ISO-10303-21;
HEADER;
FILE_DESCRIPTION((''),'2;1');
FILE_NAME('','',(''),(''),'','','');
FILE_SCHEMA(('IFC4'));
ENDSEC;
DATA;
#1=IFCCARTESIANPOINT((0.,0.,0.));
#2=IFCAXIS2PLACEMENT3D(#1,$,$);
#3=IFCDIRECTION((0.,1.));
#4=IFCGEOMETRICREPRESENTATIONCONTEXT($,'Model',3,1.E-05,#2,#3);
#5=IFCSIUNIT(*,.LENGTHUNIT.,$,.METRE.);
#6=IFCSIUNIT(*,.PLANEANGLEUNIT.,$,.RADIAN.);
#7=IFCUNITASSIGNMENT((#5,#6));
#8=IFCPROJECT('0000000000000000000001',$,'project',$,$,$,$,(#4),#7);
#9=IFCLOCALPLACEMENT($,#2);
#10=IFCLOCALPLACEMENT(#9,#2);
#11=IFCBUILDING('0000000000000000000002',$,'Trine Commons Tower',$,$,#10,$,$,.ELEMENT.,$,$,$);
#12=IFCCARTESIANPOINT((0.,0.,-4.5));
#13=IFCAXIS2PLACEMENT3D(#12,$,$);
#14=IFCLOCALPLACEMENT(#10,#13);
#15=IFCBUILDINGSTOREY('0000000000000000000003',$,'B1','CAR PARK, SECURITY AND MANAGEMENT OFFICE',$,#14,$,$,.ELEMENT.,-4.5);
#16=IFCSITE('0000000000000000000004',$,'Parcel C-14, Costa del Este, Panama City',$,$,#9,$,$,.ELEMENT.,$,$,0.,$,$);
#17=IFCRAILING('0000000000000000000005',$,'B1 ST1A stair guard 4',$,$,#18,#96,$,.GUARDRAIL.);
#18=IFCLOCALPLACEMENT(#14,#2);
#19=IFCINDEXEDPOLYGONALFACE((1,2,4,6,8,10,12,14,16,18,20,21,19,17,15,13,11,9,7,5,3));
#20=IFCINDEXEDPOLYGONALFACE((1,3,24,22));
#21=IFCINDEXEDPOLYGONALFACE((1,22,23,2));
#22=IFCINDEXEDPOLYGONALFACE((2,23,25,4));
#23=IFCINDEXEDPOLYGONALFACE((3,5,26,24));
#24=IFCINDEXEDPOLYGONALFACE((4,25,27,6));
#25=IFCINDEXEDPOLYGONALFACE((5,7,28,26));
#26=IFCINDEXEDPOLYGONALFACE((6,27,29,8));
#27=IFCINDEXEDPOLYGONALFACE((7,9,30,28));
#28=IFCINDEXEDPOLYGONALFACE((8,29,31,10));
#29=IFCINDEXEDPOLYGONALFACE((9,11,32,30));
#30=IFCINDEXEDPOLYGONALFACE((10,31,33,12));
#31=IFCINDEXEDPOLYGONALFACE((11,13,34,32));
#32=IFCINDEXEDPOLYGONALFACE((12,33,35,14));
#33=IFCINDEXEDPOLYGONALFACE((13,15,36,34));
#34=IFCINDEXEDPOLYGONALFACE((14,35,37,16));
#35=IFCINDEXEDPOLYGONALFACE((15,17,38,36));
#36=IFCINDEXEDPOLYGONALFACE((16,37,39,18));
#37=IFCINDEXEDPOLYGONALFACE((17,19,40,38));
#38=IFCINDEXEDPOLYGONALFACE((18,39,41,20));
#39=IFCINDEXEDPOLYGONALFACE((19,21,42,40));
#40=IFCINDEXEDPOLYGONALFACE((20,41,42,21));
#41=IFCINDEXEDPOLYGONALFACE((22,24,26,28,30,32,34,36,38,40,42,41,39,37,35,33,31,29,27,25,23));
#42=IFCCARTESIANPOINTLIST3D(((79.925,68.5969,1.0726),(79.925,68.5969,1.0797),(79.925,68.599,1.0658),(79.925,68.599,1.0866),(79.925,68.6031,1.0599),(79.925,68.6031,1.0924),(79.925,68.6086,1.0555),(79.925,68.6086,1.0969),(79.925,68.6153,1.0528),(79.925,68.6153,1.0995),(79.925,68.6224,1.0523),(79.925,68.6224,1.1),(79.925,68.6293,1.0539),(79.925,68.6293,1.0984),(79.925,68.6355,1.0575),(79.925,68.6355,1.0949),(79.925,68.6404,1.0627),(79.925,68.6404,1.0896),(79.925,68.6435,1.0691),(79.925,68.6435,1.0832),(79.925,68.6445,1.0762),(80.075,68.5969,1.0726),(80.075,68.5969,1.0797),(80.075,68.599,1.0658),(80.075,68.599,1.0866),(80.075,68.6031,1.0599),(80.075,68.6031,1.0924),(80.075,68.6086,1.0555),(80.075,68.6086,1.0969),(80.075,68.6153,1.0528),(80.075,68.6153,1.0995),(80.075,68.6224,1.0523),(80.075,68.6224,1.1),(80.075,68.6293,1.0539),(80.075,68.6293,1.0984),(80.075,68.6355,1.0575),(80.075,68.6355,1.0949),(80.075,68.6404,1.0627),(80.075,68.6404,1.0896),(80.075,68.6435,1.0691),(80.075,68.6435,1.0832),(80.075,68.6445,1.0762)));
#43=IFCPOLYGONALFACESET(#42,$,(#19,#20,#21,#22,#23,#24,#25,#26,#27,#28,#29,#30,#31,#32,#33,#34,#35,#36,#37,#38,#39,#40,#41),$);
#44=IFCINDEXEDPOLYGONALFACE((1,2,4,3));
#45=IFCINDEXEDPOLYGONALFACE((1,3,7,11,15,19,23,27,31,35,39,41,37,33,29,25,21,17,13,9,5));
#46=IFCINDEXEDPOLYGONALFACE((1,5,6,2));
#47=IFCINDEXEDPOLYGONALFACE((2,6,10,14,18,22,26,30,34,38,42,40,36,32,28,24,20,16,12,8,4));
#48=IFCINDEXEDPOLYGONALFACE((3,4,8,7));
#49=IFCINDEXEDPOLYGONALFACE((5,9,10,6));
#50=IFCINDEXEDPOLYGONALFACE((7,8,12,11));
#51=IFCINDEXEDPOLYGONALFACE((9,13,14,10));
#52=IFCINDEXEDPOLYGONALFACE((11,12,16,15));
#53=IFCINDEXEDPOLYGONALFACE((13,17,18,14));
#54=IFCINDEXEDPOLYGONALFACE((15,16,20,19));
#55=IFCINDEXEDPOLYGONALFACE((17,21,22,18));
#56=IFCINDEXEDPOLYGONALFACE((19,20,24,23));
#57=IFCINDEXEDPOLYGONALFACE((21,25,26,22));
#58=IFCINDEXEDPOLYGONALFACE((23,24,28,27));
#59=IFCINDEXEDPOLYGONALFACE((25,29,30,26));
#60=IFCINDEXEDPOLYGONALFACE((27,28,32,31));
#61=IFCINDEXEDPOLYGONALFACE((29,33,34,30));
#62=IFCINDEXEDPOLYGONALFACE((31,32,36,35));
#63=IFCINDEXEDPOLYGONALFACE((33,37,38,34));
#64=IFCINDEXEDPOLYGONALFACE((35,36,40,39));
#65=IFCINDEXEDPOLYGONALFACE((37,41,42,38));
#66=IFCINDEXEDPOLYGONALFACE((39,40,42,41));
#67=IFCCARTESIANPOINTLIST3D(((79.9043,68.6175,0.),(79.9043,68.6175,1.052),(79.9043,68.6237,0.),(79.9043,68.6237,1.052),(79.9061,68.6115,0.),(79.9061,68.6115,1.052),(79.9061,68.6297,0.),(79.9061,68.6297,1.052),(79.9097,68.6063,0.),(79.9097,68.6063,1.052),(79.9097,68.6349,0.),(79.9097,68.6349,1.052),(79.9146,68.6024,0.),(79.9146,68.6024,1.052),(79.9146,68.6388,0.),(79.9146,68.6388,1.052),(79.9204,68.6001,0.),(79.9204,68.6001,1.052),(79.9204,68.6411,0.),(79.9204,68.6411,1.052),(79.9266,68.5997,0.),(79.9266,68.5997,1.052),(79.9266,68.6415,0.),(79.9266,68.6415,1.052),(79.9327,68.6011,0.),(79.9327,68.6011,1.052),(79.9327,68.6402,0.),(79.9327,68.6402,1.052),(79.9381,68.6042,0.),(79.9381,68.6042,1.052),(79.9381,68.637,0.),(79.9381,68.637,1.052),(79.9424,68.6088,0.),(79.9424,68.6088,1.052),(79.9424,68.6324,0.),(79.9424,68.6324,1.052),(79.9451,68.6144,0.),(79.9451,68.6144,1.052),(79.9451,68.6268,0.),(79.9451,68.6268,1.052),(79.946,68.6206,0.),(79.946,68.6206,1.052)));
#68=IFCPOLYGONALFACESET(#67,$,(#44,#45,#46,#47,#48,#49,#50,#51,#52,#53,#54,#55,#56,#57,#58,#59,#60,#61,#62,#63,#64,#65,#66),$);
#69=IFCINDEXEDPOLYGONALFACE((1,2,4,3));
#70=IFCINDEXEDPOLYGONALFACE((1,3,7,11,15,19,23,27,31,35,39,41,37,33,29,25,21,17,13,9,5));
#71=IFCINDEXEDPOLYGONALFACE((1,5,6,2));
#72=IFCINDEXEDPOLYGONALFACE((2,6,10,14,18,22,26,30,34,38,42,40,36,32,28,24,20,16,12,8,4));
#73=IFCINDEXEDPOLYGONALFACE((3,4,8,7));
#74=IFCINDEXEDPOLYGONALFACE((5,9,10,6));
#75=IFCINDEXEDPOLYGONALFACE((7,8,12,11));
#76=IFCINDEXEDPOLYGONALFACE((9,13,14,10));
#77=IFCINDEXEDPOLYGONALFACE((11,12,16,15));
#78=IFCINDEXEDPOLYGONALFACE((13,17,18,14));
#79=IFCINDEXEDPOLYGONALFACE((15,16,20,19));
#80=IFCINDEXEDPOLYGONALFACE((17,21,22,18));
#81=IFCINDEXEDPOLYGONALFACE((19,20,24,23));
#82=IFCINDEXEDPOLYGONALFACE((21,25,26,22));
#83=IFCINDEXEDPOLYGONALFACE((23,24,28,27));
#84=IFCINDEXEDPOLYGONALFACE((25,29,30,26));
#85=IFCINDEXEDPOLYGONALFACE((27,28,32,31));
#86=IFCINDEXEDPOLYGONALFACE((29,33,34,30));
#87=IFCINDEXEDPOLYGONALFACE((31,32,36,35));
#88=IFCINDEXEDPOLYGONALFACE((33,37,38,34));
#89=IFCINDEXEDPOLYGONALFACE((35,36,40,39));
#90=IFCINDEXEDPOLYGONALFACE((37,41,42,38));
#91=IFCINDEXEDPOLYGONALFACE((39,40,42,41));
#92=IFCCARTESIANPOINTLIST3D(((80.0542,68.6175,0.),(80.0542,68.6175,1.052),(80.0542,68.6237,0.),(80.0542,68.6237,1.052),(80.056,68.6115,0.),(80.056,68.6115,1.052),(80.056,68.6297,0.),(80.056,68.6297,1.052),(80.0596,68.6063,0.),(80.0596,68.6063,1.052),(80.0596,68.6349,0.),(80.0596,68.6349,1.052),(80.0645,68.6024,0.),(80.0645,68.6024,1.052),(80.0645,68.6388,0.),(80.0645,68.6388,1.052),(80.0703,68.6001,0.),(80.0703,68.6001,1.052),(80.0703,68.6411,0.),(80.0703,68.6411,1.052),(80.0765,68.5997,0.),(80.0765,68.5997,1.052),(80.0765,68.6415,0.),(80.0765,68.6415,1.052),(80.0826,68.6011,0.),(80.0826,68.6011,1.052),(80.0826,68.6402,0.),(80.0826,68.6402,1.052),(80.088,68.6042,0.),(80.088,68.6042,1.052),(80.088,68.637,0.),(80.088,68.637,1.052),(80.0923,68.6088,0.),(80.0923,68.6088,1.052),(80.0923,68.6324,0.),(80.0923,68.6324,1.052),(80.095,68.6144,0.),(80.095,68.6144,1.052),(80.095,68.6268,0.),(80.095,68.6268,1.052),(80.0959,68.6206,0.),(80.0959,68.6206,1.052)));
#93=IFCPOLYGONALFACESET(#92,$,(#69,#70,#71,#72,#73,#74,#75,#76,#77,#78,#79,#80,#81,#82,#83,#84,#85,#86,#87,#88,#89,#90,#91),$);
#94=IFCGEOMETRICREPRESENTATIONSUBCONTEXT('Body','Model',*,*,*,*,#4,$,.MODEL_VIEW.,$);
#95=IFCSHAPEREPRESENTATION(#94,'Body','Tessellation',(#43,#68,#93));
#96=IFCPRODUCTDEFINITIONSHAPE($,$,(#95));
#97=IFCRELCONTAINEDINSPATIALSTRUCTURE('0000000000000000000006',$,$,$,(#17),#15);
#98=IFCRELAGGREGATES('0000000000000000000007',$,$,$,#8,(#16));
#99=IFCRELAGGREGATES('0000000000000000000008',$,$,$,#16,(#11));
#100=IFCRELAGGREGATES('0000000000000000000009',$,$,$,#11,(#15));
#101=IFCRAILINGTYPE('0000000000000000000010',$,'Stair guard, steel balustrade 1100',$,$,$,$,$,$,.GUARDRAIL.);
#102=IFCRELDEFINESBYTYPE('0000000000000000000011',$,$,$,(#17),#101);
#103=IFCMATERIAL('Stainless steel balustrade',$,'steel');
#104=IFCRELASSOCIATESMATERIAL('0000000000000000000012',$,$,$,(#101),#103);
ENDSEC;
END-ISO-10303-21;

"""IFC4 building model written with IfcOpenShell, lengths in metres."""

from ifc_helpers import new_model, si_unit, direction, frame, origin, origin_2d, place, context, subcontext, project, spatial, circle, extrude, material, type_object, element, save


model = new_model("IFC4")

# Units and contexts
model_context = context("Model", 3, precision=1e-05, world=origin(), true_north=direction((0.0, 1.0)))
body_context = subcontext(model_context, "Body", "Model", "MODEL_VIEW")
ifc_project = project(units=[si_unit("LENGTHUNIT", "METRE"), si_unit("PLANEANGLEUNIT", "RADIAN")], contexts=[model_context])

# Site, building, storey
site_placement = place(None, origin())
site = spatial("IfcSite", under=ifc_project, at=site_placement, Name="Parcel C-14, Costa del Este, Panama City", CompositionType="ELEMENT", RefElevation=0.0)
building_placement = place(site_placement, origin())
building = spatial("IfcBuilding", under=site, at=building_placement, Name="Trine Commons Tower", CompositionType="ELEMENT")
storey_placement = place(building_placement, frame((0.0, 0.0, -4.5)))
storey = spatial("IfcBuildingStorey", under=building, at=storey_placement, Name="B1", Description="CAR PARK, SECURITY AND MANAGEMENT OFFICE", CompositionType="ELEMENT", Elevation=-4.5)

# Railing
ifc_material_1 = material(Name="Stainless steel balustrade", Category="steel")
railing_type_1 = type_object("IfcRailingType", Name="Stair guard, steel balustrade 1100", PredefinedType="GUARDRAIL", material=ifc_material_1)
railing_1_placement = place(storey_placement, frame((79.925, 68.6206, 0.0)))
element("IfcRailing", 1, at=railing_1_placement, inside=storey, type_object=railing_type_1, Name="B1 ST1A stair guard 4", PredefinedType="GUARDRAIL", context=body_context, shape_type="SweptSolid", body=[
    extrude(circle(Radius=0.0239, at=origin_2d()), frame((0.0, 0.0, 1.0762), z_axis=(1.0, 0.0, 0.0), x_axis=(0.0, 1.0, 0.0)), (0.0, 0.0, 1.0), 0.1499),
    extrude(circle(Radius=0.021, at=origin_2d()), origin(), (0.0, 0.0, 1.0), 1.052),
    extrude(circle(Radius=0.021, at=origin_2d()), frame((0.1499, 0.0, 0.0)), (0.0, 0.0, 1.0), 1.052),
])

save(model, "model.ifc")
